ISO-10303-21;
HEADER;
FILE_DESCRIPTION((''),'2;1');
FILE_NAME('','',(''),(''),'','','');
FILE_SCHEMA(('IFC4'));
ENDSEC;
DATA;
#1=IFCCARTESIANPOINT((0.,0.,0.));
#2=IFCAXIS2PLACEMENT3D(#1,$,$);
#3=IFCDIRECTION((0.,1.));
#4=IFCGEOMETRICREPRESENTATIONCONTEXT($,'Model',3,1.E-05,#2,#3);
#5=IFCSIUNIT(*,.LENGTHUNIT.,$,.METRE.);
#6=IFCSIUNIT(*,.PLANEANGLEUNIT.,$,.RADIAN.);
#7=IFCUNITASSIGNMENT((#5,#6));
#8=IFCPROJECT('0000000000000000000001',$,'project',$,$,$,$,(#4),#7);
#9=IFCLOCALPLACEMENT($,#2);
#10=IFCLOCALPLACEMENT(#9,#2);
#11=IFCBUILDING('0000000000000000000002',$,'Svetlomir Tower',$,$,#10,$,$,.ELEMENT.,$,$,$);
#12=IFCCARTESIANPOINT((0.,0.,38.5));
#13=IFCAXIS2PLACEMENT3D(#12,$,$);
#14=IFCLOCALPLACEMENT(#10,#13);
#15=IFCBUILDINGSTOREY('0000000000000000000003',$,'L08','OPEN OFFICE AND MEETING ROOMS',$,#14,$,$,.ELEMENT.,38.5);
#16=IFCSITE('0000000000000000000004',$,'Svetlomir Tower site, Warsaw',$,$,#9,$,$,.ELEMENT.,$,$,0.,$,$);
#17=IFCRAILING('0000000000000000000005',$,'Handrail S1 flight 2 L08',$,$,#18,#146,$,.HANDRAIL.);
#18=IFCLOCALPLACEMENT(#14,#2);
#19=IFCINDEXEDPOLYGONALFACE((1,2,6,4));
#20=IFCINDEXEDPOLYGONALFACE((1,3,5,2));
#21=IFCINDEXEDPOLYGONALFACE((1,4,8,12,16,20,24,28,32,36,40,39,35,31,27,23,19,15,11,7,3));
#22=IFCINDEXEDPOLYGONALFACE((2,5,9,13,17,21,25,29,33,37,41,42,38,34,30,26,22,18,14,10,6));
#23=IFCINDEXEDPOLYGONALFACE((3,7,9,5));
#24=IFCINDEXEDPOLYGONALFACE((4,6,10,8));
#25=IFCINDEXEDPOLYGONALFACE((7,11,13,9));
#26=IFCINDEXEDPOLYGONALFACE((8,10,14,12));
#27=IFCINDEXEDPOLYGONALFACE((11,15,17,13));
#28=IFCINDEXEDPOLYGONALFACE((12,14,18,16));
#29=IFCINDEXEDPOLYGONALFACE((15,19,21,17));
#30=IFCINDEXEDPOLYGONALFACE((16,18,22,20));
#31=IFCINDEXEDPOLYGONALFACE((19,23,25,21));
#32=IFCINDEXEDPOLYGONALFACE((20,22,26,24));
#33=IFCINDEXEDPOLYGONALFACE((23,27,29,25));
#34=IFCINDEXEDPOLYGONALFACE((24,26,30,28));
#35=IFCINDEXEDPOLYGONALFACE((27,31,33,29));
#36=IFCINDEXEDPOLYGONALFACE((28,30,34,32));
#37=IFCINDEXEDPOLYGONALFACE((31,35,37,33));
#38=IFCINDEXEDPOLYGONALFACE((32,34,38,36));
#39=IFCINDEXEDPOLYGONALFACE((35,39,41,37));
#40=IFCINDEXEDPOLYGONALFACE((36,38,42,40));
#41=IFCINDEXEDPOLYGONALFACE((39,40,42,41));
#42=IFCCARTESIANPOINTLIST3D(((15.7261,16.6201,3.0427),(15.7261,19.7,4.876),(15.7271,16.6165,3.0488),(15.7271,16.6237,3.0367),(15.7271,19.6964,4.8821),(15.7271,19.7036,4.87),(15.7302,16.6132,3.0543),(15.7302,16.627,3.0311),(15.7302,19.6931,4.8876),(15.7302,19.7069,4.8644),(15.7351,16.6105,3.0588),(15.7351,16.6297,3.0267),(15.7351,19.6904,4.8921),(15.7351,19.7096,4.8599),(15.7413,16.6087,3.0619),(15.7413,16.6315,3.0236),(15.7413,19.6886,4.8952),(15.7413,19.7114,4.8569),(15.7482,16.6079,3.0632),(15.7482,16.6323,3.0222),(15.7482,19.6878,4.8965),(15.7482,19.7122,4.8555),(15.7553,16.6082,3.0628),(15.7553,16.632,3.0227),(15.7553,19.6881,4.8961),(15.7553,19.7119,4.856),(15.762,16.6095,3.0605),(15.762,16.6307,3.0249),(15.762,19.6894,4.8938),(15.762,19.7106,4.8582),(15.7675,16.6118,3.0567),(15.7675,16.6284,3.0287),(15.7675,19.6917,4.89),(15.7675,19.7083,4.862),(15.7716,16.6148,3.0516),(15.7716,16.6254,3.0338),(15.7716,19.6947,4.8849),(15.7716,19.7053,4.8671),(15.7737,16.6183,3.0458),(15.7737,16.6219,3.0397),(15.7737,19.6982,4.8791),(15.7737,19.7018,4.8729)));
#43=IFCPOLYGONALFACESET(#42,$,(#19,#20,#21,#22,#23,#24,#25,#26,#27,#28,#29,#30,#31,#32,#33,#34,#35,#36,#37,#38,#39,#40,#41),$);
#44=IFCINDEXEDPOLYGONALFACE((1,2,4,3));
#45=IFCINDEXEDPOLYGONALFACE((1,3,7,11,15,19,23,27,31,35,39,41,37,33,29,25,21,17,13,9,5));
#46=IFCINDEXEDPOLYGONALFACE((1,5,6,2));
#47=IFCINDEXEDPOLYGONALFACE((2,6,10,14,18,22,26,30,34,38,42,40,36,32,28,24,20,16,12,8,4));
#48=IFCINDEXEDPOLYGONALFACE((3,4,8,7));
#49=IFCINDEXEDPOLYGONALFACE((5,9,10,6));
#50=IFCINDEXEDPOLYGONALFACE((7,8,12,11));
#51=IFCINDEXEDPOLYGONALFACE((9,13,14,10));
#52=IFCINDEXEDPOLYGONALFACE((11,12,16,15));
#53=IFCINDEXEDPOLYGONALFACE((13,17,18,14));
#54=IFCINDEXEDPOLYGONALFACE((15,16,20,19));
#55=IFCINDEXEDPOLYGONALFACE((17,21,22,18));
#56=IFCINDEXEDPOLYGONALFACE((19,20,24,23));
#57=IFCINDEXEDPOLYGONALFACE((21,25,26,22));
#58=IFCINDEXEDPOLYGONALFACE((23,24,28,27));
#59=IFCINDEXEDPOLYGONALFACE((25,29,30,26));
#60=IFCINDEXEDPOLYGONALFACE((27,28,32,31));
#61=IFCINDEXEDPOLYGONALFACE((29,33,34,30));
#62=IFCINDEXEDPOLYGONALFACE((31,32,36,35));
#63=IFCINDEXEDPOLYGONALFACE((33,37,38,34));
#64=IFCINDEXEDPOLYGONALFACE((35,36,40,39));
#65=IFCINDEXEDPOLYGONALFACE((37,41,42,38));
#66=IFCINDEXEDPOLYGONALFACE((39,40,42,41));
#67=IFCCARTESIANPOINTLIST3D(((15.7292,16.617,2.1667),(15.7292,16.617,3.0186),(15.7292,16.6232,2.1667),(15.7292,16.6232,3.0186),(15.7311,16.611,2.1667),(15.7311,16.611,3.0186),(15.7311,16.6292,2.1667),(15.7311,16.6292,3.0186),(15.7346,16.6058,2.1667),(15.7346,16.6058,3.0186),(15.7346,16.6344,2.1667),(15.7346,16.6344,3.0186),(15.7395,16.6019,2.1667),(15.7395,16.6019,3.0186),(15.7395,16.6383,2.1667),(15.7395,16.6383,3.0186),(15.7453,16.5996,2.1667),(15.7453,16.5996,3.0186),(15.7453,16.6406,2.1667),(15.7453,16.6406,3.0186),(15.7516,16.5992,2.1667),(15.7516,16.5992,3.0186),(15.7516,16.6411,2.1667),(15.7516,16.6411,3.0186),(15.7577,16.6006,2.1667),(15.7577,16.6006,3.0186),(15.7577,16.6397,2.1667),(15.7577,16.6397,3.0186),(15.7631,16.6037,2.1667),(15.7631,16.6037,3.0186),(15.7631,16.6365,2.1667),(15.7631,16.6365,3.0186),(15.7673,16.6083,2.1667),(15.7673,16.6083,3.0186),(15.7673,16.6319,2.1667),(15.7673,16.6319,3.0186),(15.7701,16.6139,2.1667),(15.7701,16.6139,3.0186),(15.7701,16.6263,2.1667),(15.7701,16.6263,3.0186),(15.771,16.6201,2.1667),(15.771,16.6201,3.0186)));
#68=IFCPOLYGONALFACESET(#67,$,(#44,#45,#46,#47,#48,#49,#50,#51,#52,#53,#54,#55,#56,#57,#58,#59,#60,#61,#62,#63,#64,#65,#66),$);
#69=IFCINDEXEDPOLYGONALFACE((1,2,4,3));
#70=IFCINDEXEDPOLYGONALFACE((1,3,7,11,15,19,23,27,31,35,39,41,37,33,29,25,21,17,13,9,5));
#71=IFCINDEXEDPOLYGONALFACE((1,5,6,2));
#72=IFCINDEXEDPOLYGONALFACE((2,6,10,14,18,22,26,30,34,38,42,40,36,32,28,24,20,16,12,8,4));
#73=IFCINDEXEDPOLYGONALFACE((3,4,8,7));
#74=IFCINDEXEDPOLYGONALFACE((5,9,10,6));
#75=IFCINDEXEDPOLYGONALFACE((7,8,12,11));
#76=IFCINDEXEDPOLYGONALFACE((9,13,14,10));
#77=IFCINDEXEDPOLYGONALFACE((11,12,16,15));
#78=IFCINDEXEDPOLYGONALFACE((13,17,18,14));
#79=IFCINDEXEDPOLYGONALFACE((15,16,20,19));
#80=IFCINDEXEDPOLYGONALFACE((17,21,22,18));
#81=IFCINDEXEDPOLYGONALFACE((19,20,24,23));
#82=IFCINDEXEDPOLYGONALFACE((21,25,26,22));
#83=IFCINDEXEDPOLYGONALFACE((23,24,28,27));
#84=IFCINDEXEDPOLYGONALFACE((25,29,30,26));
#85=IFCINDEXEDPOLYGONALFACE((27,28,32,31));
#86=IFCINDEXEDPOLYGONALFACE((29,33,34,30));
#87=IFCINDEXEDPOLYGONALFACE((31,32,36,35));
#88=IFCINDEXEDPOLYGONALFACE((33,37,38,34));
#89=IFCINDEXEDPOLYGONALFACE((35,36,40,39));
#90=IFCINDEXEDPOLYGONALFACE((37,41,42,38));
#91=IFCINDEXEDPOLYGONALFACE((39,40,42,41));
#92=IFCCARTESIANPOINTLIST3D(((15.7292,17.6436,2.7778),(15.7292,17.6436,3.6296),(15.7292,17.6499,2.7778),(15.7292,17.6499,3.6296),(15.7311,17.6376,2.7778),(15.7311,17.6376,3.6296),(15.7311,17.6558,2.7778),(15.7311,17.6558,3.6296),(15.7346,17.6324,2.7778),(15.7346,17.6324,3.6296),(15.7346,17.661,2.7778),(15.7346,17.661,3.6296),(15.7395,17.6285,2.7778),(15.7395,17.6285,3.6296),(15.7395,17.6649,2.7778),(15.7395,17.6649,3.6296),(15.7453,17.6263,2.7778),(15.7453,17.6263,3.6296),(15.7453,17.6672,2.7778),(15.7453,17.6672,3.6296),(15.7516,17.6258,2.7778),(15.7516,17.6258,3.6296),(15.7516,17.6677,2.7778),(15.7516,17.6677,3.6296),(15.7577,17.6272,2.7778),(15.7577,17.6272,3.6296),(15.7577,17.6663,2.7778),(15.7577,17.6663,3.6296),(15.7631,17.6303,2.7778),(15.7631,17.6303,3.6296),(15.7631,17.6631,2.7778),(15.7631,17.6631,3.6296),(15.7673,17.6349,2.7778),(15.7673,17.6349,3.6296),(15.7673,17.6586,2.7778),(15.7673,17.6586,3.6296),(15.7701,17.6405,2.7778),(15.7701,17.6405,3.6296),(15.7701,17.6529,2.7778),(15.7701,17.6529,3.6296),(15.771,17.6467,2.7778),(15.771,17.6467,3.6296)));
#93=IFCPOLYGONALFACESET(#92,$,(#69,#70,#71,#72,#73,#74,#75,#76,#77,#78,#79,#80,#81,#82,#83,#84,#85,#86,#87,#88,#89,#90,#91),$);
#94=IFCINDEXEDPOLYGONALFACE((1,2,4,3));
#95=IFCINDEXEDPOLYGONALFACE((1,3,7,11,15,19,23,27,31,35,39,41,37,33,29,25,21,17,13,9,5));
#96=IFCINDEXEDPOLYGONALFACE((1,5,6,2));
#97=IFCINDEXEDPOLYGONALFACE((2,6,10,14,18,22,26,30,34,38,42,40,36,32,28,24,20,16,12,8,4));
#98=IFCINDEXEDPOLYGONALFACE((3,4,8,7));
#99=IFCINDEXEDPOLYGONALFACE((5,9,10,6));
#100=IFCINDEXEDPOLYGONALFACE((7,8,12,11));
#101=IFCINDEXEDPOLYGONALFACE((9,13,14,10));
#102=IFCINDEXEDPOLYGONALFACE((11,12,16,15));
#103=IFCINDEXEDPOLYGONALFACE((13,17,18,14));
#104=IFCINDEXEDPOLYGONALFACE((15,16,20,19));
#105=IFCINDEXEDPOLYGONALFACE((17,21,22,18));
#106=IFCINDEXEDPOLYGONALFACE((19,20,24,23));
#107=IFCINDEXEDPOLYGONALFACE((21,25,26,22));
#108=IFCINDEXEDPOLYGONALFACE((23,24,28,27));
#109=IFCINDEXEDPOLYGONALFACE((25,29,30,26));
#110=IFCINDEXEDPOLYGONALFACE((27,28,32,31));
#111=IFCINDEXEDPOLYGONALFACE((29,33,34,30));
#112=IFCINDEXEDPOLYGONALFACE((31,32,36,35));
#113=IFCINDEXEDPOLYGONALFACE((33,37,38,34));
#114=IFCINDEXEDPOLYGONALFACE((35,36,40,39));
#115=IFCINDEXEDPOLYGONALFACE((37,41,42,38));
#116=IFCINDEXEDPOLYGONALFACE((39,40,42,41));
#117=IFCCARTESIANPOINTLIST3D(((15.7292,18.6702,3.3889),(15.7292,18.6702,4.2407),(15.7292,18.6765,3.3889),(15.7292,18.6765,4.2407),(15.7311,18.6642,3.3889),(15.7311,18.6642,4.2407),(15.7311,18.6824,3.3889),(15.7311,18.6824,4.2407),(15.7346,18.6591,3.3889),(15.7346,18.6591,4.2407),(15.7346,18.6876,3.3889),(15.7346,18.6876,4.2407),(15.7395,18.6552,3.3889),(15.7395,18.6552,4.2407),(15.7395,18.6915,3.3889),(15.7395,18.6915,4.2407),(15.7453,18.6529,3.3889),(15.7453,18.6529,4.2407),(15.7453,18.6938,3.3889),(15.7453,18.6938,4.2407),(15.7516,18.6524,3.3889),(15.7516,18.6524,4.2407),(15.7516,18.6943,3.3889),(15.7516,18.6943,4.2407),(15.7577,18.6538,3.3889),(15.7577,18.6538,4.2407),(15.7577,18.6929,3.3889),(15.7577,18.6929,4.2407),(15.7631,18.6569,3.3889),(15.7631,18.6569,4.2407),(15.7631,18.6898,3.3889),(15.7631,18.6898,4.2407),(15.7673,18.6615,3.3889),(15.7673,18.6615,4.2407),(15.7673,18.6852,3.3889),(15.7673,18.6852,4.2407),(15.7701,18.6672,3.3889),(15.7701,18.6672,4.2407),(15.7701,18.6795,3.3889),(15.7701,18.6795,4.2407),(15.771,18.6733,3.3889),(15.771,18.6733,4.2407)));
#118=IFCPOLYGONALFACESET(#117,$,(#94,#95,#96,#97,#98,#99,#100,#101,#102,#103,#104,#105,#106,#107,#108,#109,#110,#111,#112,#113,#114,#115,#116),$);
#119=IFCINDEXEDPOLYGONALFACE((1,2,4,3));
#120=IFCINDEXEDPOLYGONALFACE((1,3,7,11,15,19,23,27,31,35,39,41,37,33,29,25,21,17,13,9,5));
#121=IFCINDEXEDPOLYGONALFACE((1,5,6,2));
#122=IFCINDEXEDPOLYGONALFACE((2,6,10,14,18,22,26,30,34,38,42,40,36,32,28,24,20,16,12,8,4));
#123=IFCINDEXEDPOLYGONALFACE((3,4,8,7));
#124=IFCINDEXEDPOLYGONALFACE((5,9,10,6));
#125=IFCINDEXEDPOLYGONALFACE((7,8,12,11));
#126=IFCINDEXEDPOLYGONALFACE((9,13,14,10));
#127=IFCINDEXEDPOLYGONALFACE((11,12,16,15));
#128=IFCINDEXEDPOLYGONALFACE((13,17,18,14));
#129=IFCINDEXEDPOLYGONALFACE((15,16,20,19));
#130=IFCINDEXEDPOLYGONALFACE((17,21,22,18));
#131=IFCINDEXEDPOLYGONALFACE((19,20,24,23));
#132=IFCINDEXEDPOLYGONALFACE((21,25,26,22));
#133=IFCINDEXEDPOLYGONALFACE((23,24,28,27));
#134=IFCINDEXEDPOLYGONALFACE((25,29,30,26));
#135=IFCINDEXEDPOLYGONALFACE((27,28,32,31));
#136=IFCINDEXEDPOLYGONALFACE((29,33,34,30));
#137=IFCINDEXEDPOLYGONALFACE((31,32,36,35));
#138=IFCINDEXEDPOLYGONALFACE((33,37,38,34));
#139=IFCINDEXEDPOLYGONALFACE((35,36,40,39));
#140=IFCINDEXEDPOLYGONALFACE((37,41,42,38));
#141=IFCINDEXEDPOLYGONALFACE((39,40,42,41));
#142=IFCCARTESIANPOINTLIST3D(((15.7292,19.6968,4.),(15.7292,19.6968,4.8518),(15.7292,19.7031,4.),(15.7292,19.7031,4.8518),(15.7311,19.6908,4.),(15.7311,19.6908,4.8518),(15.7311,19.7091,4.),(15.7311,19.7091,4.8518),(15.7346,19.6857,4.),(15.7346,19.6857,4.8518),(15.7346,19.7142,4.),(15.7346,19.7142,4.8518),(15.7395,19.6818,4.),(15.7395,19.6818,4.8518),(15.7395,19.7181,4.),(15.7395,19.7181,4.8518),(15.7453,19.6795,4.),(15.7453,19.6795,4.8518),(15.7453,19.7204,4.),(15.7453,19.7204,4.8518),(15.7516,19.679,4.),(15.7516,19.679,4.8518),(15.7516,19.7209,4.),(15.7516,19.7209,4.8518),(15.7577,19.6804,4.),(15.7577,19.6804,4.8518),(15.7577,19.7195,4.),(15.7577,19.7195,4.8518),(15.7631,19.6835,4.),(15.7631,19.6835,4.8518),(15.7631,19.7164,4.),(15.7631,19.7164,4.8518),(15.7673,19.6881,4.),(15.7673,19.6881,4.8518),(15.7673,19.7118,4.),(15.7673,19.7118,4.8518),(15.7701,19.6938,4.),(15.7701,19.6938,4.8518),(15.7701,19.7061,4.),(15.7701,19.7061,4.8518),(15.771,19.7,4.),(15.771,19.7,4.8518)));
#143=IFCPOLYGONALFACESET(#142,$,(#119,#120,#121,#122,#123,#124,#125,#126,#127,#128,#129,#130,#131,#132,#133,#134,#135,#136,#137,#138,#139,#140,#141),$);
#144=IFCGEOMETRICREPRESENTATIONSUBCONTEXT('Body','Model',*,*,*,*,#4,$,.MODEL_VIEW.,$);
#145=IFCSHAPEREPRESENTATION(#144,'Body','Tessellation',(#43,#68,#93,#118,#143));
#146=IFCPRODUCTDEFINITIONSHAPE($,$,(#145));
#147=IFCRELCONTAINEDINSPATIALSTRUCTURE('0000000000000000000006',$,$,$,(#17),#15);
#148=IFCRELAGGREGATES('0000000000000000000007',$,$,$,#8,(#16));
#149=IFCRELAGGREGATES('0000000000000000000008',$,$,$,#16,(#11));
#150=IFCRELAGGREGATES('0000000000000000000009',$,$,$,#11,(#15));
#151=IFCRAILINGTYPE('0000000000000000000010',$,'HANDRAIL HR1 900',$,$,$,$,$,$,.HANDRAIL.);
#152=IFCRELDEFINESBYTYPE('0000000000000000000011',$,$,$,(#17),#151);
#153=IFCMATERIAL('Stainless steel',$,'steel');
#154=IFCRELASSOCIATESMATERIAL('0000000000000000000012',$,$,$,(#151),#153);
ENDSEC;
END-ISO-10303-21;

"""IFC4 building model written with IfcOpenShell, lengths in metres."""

from ifc_helpers import new_model, si_unit, direction, frame, origin, origin_2d, place, context, subcontext, project, spatial, circle, extrude, material, type_object, element, save


model = new_model("IFC4")

# Units and contexts
model_context = context("Model", 3, precision=1e-05, world=origin(), true_north=direction((0.0, 1.0)))
body_context = subcontext(model_context, "Body", "Model", "MODEL_VIEW")
ifc_project = project(units=[si_unit("LENGTHUNIT", "METRE"), si_unit("PLANEANGLEUNIT", "RADIAN")], contexts=[model_context])

# Site, building, storey
site_placement = place(None, origin())
site = spatial("IfcSite", under=ifc_project, at=site_placement, Name="Svetlomir Tower site, Warsaw", CompositionType="ELEMENT", RefElevation=0.0)
building_placement = place(site_placement, origin())
building = spatial("IfcBuilding", under=site, at=building_placement, Name="Svetlomir Tower", CompositionType="ELEMENT")
storey_placement = place(building_placement, frame((0.0, 0.0, 38.5)))
storey = spatial("IfcBuildingStorey", under=building, at=storey_placement, Name="L08", Description="OPEN OFFICE AND MEETING ROOMS", CompositionType="ELEMENT", Elevation=38.5)

# Railing
ifc_material_1 = material(Name="Stainless steel", Category="steel")
railing_type = type_object("IfcRailingType", Name="HANDRAIL HR1 900", PredefinedType="HANDRAIL", material=ifc_material_1)
railing_placement = place(storey_placement, frame((15.75, 16.6201, 2.1667)))
element("IfcRailing", 1, at=railing_placement, inside=storey, type_object=railing_type, Name="Handrail S1 flight 2 L08", PredefinedType="HANDRAIL", context=body_context, shape_type="SweptSolid", body=[
    extrude(circle(Radius=0.0239, at=origin_2d()), frame((0.0, 0.0, 0.876), z_axis=(0.0, 0.859291, 0.511487), x_axis=(-1.0, 0.0, 0.0)), (0.0, 0.0, 1.0), 3.5842),
    extrude(circle(Radius=0.021, at=origin_2d()), origin(), (0.0, 0.0, 1.0), 0.8518),
    extrude(circle(Radius=0.021, at=origin_2d()), frame((0.0, 1.0266, 0.6111)), (0.0, 0.0, 1.0), 0.8518),
    extrude(circle(Radius=0.021, at=origin_2d()), frame((0.0, 2.0532, 1.2222)), (0.0, 0.0, 1.0), 0.8518),
    extrude(circle(Radius=0.021, at=origin_2d()), frame((0.0, 3.0798, 1.8333)), (0.0, 0.0, 1.0), 0.8518),
])

save(model, "model.ifc")
